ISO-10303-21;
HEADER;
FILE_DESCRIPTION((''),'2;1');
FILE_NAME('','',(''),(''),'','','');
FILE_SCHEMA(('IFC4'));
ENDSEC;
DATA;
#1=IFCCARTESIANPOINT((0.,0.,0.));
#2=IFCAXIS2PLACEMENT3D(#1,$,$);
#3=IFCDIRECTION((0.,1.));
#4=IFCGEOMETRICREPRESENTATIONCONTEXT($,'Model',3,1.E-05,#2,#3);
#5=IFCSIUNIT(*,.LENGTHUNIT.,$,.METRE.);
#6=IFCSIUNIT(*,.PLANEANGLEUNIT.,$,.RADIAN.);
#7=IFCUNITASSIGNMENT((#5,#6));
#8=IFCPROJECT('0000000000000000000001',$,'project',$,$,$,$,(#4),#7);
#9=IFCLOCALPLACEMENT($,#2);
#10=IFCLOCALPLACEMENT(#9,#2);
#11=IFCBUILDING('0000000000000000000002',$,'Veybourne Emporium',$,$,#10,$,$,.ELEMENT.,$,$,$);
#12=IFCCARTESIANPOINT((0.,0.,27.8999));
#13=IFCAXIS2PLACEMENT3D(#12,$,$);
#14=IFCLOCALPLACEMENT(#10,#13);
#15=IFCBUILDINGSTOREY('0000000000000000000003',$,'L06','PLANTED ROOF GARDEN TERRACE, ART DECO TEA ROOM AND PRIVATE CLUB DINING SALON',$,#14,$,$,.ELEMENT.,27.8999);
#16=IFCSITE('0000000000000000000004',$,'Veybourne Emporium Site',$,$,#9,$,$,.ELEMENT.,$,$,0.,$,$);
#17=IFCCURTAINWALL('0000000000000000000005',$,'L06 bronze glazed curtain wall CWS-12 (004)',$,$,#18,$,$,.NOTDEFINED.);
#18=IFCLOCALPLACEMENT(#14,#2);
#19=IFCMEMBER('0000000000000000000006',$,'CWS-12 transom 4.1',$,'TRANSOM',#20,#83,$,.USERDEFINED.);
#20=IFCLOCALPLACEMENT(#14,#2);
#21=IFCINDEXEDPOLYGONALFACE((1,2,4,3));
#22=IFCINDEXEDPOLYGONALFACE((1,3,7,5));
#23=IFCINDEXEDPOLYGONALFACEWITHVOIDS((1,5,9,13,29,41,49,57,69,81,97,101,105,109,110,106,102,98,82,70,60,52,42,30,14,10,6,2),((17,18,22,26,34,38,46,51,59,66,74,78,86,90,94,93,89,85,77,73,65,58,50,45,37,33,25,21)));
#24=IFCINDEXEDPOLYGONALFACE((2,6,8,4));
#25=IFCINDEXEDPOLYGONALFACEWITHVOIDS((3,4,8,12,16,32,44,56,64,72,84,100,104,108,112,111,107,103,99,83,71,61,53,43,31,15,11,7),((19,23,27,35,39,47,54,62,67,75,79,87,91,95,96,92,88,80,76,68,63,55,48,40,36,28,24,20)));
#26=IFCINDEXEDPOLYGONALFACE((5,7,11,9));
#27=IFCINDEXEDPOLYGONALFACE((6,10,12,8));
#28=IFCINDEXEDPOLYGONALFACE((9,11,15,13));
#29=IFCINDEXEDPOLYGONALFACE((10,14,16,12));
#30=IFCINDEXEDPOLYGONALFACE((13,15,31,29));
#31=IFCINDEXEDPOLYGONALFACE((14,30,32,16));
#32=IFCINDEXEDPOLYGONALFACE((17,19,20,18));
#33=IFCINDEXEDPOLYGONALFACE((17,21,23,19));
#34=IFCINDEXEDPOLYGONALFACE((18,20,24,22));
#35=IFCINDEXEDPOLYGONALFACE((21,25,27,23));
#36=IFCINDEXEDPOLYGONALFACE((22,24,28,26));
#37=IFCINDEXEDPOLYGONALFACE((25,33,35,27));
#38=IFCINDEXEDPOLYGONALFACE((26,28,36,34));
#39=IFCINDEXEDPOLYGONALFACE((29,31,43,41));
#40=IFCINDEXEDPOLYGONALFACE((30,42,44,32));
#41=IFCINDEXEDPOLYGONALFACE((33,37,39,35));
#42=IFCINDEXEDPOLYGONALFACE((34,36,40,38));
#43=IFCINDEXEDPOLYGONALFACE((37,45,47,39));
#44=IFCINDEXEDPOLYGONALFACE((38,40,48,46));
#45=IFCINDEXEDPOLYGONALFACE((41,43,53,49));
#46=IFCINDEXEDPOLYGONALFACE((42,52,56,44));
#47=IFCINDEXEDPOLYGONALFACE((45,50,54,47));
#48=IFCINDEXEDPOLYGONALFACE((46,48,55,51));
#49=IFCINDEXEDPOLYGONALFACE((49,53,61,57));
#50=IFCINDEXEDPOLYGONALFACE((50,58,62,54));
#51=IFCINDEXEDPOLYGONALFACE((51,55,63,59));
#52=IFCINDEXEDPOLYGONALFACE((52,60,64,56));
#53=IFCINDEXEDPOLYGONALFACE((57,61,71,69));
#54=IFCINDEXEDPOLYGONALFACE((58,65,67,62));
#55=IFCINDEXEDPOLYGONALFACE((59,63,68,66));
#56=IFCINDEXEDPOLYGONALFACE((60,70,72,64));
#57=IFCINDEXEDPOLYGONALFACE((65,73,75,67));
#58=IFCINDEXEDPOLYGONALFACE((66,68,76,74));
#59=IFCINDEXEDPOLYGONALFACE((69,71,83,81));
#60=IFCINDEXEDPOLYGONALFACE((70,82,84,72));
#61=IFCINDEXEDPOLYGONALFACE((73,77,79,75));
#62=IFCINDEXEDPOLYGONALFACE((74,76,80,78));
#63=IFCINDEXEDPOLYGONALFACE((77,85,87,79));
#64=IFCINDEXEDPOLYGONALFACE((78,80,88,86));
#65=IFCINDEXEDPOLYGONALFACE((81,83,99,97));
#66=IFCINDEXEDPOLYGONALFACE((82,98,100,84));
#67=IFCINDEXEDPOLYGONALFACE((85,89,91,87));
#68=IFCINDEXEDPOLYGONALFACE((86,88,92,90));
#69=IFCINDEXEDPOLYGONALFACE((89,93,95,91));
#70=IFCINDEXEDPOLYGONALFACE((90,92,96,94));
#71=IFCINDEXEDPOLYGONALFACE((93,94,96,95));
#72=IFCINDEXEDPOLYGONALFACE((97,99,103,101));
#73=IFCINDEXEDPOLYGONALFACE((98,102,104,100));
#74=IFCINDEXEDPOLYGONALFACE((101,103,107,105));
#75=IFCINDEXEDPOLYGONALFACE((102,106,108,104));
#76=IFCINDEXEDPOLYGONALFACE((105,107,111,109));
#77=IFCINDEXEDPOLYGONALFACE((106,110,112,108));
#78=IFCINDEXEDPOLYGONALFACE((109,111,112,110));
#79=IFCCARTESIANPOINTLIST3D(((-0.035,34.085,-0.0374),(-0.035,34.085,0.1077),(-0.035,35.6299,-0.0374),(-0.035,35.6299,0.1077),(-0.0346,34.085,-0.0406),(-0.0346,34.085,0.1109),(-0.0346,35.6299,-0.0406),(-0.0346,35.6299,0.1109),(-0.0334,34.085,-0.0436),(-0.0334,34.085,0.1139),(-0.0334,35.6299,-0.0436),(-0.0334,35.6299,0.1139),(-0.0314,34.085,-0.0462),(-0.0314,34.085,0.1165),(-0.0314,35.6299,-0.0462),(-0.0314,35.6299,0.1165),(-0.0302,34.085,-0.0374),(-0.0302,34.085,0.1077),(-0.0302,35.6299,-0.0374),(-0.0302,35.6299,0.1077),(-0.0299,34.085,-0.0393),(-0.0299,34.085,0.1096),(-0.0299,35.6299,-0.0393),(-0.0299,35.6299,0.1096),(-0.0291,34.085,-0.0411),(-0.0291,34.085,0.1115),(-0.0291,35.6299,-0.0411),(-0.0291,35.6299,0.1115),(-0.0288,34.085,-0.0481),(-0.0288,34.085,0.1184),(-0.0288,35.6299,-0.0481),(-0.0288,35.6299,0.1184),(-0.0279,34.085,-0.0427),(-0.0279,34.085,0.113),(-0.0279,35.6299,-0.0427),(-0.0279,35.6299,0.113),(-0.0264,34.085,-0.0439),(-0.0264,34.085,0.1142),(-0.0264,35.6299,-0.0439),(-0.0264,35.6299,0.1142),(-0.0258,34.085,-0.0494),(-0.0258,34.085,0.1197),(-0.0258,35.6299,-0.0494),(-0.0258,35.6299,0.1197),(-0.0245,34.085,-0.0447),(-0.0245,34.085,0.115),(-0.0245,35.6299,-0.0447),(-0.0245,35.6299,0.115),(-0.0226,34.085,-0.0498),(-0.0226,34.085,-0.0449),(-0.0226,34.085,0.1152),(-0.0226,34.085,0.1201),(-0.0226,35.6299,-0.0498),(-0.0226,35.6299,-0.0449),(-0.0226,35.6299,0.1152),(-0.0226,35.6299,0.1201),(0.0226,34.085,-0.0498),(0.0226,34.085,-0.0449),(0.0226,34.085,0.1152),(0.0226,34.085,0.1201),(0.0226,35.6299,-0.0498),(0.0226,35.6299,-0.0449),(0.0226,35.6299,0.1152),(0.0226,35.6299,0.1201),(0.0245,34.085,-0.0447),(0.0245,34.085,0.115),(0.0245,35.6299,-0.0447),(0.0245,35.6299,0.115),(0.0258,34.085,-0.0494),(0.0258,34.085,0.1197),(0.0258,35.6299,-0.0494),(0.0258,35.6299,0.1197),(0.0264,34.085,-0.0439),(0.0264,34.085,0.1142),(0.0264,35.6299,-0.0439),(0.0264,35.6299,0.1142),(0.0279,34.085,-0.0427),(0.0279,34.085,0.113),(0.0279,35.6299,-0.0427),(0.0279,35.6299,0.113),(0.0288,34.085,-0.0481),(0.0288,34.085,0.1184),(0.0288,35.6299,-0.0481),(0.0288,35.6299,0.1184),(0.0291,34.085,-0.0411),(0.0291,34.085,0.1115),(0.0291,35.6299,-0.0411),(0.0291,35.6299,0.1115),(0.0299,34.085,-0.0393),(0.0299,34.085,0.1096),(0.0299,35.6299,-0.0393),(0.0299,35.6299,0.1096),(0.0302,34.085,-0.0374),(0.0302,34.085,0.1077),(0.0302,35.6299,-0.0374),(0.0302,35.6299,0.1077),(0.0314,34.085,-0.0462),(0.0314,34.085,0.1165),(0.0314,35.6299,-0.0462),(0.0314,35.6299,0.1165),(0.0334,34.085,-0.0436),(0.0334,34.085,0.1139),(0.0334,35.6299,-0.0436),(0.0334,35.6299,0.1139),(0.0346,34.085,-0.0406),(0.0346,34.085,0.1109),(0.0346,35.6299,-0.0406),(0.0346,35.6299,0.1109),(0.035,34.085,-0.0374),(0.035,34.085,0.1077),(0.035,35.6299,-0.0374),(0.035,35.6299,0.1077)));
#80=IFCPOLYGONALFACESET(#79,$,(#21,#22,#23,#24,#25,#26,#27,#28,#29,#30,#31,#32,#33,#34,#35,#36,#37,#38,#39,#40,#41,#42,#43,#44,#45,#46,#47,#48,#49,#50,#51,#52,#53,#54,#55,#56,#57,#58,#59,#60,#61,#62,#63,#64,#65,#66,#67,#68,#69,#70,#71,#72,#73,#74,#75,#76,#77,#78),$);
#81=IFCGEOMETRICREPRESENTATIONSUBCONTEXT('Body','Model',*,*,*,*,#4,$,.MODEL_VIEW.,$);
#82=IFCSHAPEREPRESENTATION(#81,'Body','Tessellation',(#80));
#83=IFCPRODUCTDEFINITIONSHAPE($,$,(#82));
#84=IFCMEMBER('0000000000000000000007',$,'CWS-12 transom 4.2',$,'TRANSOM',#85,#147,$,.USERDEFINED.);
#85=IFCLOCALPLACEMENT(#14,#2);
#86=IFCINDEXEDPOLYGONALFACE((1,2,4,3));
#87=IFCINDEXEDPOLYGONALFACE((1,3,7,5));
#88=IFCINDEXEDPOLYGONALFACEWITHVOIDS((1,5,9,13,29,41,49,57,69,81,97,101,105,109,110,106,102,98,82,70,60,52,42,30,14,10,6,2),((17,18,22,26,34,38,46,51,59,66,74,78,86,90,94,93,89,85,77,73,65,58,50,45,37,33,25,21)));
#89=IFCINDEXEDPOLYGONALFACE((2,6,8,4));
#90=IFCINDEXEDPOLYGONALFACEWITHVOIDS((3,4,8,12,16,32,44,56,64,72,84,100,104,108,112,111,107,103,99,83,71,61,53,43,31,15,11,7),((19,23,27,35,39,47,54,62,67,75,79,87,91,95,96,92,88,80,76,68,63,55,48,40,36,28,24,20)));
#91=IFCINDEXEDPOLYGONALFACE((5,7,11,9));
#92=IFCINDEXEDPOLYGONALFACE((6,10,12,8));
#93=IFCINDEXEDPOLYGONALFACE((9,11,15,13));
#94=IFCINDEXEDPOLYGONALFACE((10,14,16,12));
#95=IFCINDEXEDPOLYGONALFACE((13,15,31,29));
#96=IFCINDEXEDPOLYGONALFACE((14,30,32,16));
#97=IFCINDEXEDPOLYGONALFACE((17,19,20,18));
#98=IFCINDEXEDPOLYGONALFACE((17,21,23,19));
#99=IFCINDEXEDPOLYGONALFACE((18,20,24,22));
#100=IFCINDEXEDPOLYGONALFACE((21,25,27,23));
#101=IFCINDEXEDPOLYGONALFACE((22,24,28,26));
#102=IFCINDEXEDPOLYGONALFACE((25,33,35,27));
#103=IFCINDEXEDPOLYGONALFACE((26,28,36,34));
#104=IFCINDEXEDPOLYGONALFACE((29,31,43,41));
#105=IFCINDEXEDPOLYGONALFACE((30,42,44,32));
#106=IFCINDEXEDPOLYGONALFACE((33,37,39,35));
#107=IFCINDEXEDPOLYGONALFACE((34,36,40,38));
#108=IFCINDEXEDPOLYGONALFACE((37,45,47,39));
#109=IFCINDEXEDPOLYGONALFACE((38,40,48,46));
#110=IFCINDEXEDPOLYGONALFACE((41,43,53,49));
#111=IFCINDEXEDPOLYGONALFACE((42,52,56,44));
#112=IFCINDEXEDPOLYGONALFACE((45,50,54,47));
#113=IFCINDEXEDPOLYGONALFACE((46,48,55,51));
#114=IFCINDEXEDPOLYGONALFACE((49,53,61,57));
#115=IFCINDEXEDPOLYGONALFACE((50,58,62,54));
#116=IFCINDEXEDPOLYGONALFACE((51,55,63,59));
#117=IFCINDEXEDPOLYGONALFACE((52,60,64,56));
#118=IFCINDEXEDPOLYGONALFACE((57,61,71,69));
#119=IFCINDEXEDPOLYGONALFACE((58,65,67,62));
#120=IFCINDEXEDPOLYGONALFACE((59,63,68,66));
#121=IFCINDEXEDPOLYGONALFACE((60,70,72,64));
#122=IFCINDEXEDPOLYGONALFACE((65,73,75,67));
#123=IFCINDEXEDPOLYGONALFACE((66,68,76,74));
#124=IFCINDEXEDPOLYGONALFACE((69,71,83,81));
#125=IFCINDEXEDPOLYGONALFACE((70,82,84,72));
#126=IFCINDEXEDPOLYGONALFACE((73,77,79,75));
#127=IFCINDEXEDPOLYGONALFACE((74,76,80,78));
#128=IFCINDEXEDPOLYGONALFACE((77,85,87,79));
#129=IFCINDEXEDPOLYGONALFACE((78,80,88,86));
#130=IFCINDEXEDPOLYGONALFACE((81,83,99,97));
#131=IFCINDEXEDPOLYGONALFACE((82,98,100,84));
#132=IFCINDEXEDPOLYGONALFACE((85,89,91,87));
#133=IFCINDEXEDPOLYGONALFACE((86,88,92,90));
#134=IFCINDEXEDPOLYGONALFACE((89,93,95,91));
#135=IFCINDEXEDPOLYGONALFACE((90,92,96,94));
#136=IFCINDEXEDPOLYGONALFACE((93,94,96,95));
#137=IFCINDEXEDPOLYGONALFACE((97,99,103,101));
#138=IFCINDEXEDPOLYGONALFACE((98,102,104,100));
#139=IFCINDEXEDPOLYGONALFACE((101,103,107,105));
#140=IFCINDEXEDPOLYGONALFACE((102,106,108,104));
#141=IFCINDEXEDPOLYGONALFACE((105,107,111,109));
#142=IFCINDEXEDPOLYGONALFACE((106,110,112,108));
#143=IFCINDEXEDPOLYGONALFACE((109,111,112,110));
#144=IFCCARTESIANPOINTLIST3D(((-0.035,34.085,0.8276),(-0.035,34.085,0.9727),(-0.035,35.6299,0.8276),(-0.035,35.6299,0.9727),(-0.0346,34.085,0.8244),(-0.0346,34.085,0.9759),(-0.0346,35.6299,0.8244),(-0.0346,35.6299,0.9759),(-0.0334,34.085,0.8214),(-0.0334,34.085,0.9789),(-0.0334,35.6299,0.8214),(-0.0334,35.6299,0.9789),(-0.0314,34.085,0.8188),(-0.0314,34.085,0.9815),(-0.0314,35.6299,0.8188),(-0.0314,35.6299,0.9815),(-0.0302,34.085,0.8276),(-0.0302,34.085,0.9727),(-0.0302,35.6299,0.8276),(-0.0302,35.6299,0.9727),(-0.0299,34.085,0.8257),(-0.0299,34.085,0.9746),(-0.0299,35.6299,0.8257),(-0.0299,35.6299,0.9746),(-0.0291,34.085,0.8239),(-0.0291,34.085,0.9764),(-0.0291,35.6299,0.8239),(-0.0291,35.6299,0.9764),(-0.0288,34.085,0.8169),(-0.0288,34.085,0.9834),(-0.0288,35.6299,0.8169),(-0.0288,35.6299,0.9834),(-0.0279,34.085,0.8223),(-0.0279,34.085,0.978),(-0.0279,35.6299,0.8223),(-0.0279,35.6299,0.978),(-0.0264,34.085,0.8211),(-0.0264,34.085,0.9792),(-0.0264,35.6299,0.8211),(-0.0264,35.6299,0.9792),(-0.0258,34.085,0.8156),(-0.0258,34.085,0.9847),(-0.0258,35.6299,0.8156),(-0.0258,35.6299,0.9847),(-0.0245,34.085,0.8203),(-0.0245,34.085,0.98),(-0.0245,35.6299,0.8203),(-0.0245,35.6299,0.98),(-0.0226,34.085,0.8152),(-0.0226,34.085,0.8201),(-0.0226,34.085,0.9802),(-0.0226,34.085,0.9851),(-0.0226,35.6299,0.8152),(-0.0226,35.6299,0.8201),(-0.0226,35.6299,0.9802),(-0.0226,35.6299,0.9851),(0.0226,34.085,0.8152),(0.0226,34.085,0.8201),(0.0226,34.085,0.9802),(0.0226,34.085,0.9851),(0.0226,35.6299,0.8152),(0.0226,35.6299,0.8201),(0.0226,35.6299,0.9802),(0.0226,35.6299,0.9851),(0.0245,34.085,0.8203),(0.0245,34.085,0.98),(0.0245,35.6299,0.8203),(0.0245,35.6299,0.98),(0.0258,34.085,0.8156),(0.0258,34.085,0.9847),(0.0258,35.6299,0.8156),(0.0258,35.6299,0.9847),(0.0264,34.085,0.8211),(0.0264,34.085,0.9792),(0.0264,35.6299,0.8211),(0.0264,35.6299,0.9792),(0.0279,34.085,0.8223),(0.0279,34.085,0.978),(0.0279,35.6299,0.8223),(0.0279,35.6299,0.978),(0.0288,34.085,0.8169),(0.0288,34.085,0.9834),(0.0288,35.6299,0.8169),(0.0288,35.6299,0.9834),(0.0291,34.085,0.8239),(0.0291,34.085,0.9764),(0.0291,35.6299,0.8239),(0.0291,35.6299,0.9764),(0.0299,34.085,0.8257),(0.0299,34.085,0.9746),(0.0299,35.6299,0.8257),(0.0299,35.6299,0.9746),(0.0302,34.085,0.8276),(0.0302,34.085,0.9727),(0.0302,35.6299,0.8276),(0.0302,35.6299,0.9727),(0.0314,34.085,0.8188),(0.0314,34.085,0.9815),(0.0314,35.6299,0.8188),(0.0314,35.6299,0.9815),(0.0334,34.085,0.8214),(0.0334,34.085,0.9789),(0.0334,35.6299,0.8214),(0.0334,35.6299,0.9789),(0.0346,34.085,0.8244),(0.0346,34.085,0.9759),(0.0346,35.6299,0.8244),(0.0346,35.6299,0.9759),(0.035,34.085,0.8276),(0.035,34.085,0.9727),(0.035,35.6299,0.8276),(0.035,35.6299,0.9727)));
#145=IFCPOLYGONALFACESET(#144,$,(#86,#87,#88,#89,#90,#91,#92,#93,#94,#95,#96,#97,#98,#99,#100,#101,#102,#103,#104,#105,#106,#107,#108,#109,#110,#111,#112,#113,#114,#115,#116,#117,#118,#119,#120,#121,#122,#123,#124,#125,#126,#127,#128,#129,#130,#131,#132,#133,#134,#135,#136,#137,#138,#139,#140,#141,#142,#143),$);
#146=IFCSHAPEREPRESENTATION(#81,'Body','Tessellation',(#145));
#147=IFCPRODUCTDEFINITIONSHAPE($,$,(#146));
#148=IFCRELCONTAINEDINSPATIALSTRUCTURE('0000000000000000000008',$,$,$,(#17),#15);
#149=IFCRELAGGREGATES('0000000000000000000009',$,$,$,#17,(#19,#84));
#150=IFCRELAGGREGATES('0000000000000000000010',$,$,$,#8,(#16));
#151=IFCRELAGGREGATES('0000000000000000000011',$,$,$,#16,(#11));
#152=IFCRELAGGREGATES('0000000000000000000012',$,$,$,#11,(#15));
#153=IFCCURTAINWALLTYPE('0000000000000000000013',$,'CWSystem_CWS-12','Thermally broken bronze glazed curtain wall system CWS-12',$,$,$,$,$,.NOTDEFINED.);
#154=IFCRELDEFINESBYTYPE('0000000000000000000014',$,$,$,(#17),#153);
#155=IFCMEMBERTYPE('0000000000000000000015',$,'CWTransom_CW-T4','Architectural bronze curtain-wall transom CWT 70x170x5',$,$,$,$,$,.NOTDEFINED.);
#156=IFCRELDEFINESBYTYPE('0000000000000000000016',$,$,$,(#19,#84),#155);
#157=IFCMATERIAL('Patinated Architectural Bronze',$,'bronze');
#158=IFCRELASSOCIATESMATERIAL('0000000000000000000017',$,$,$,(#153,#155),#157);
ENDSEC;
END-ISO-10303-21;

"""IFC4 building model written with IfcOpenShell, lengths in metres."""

from ifc_helpers import new_model, si_unit, direction, frame, origin, origin_2d, place, context, subcontext, project, spatial, hollow_rectangle, extrude, material, material_profile, profile_set, type_object, element, aggregate, save


model = new_model("IFC4")

# Units and contexts
model_context = context("Model", 3, precision=1e-05, world=origin(), true_north=direction((0.0, 1.0)))
body_context = subcontext(model_context, "Body", "Model", "MODEL_VIEW")
ifc_project = project(units=[si_unit("LENGTHUNIT", "METRE"), si_unit("PLANEANGLEUNIT", "RADIAN")], contexts=[model_context])

# Site, building, storey
site_placement = place(None, origin())
site = spatial("IfcSite", under=ifc_project, at=site_placement, Name="Veybourne Emporium Site", CompositionType="ELEMENT", RefElevation=0.0)
building_placement = place(site_placement, origin())
building = spatial("IfcBuilding", under=site, at=building_placement, Name="Veybourne Emporium", CompositionType="ELEMENT")
storey_placement = place(building_placement, frame((0.0, 0.0, 27.8999)))
storey = spatial("IfcBuildingStorey", under=building, at=storey_placement, Name="L06", Description="PLANTED ROOF GARDEN TERRACE, ART DECO TEA ROOM AND PRIVATE CLUB DINING SALON", CompositionType="ELEMENT", Elevation=27.8999)

# Curtain wall, members
ifc_material_1 = material(Name="Patinated Architectural Bronze", Category="bronze")
curtain_wall_type = type_object("IfcCurtainWallType", Name="CWSystem_CWS-12", Description="Thermally broken bronze glazed curtain wall system CWS-12", PredefinedType="NOTDEFINED", material=ifc_material_1)
curtain_wall_placement = place(storey_placement, origin())
curtain_wall = element("IfcCurtainWall", 1, at=curtain_wall_placement, inside=storey, type_object=curtain_wall_type, Name="L06 bronze glazed curtain wall CWS-12 (004)", PredefinedType="NOTDEFINED")
ifc_material_profile_1 = material_profile(ifc_material_1, hollow_rectangle(XDim=0.0701, YDim=0.1699, WallThickness=0.0049, InnerFilletRadius=0.0076, OuterFilletRadius=0.0125, at=origin_2d()), Name="CWT 70x170x5")
ifc_profile_set_1 = profile_set([ifc_material_profile_1], Name="Patinated Architectural Bronze")
member_type_1 = type_object("IfcMemberType", Name="CWTransom_CW-T4", Description="Architectural bronze curtain-wall transom CWT 70x170x5", PredefinedType="NOTDEFINED", material=ifc_profile_set_1)
member_1_placement = place(storey_placement, frame((0.0, 34.085, 0.0352), z_axis=(0.0, 1.0, 0.0), x_axis=(-1.0, 0.0, 0.0)))
member_1 = element("IfcMember", 2, at=member_1_placement, type_object=member_type_1, Name="CWS-12 transom 4.1", ObjectType="TRANSOM", PredefinedType="USERDEFINED", context=body_context, shape_type="SweptSolid", body=[
    extrude(hollow_rectangle(XDim=0.0701, YDim=0.1699, WallThickness=0.0049, InnerFilletRadius=0.0076, OuterFilletRadius=0.0125, at=origin_2d()), origin(), (0.0, 0.0, 1.0), 1.5449),
])
member_2_placement = place(storey_placement, frame((0.0, 34.085, 0.9001), z_axis=(0.0, 1.0, 0.0), x_axis=(-1.0, 0.0, 0.0)))
member_2 = element("IfcMember", 3, at=member_2_placement, type_object=member_type_1, Name="CWS-12 transom 4.2", ObjectType="TRANSOM", PredefinedType="USERDEFINED", context=body_context, shape_type="SweptSolid", body=[
    extrude(hollow_rectangle(XDim=0.0701, YDim=0.1699, WallThickness=0.0049, InnerFilletRadius=0.0076, OuterFilletRadius=0.0125, at=origin_2d()), origin(), (0.0, 0.0, 1.0), 1.5449),
])

aggregate(curtain_wall, [member_1, member_2])

save(model, "model.ifc")
